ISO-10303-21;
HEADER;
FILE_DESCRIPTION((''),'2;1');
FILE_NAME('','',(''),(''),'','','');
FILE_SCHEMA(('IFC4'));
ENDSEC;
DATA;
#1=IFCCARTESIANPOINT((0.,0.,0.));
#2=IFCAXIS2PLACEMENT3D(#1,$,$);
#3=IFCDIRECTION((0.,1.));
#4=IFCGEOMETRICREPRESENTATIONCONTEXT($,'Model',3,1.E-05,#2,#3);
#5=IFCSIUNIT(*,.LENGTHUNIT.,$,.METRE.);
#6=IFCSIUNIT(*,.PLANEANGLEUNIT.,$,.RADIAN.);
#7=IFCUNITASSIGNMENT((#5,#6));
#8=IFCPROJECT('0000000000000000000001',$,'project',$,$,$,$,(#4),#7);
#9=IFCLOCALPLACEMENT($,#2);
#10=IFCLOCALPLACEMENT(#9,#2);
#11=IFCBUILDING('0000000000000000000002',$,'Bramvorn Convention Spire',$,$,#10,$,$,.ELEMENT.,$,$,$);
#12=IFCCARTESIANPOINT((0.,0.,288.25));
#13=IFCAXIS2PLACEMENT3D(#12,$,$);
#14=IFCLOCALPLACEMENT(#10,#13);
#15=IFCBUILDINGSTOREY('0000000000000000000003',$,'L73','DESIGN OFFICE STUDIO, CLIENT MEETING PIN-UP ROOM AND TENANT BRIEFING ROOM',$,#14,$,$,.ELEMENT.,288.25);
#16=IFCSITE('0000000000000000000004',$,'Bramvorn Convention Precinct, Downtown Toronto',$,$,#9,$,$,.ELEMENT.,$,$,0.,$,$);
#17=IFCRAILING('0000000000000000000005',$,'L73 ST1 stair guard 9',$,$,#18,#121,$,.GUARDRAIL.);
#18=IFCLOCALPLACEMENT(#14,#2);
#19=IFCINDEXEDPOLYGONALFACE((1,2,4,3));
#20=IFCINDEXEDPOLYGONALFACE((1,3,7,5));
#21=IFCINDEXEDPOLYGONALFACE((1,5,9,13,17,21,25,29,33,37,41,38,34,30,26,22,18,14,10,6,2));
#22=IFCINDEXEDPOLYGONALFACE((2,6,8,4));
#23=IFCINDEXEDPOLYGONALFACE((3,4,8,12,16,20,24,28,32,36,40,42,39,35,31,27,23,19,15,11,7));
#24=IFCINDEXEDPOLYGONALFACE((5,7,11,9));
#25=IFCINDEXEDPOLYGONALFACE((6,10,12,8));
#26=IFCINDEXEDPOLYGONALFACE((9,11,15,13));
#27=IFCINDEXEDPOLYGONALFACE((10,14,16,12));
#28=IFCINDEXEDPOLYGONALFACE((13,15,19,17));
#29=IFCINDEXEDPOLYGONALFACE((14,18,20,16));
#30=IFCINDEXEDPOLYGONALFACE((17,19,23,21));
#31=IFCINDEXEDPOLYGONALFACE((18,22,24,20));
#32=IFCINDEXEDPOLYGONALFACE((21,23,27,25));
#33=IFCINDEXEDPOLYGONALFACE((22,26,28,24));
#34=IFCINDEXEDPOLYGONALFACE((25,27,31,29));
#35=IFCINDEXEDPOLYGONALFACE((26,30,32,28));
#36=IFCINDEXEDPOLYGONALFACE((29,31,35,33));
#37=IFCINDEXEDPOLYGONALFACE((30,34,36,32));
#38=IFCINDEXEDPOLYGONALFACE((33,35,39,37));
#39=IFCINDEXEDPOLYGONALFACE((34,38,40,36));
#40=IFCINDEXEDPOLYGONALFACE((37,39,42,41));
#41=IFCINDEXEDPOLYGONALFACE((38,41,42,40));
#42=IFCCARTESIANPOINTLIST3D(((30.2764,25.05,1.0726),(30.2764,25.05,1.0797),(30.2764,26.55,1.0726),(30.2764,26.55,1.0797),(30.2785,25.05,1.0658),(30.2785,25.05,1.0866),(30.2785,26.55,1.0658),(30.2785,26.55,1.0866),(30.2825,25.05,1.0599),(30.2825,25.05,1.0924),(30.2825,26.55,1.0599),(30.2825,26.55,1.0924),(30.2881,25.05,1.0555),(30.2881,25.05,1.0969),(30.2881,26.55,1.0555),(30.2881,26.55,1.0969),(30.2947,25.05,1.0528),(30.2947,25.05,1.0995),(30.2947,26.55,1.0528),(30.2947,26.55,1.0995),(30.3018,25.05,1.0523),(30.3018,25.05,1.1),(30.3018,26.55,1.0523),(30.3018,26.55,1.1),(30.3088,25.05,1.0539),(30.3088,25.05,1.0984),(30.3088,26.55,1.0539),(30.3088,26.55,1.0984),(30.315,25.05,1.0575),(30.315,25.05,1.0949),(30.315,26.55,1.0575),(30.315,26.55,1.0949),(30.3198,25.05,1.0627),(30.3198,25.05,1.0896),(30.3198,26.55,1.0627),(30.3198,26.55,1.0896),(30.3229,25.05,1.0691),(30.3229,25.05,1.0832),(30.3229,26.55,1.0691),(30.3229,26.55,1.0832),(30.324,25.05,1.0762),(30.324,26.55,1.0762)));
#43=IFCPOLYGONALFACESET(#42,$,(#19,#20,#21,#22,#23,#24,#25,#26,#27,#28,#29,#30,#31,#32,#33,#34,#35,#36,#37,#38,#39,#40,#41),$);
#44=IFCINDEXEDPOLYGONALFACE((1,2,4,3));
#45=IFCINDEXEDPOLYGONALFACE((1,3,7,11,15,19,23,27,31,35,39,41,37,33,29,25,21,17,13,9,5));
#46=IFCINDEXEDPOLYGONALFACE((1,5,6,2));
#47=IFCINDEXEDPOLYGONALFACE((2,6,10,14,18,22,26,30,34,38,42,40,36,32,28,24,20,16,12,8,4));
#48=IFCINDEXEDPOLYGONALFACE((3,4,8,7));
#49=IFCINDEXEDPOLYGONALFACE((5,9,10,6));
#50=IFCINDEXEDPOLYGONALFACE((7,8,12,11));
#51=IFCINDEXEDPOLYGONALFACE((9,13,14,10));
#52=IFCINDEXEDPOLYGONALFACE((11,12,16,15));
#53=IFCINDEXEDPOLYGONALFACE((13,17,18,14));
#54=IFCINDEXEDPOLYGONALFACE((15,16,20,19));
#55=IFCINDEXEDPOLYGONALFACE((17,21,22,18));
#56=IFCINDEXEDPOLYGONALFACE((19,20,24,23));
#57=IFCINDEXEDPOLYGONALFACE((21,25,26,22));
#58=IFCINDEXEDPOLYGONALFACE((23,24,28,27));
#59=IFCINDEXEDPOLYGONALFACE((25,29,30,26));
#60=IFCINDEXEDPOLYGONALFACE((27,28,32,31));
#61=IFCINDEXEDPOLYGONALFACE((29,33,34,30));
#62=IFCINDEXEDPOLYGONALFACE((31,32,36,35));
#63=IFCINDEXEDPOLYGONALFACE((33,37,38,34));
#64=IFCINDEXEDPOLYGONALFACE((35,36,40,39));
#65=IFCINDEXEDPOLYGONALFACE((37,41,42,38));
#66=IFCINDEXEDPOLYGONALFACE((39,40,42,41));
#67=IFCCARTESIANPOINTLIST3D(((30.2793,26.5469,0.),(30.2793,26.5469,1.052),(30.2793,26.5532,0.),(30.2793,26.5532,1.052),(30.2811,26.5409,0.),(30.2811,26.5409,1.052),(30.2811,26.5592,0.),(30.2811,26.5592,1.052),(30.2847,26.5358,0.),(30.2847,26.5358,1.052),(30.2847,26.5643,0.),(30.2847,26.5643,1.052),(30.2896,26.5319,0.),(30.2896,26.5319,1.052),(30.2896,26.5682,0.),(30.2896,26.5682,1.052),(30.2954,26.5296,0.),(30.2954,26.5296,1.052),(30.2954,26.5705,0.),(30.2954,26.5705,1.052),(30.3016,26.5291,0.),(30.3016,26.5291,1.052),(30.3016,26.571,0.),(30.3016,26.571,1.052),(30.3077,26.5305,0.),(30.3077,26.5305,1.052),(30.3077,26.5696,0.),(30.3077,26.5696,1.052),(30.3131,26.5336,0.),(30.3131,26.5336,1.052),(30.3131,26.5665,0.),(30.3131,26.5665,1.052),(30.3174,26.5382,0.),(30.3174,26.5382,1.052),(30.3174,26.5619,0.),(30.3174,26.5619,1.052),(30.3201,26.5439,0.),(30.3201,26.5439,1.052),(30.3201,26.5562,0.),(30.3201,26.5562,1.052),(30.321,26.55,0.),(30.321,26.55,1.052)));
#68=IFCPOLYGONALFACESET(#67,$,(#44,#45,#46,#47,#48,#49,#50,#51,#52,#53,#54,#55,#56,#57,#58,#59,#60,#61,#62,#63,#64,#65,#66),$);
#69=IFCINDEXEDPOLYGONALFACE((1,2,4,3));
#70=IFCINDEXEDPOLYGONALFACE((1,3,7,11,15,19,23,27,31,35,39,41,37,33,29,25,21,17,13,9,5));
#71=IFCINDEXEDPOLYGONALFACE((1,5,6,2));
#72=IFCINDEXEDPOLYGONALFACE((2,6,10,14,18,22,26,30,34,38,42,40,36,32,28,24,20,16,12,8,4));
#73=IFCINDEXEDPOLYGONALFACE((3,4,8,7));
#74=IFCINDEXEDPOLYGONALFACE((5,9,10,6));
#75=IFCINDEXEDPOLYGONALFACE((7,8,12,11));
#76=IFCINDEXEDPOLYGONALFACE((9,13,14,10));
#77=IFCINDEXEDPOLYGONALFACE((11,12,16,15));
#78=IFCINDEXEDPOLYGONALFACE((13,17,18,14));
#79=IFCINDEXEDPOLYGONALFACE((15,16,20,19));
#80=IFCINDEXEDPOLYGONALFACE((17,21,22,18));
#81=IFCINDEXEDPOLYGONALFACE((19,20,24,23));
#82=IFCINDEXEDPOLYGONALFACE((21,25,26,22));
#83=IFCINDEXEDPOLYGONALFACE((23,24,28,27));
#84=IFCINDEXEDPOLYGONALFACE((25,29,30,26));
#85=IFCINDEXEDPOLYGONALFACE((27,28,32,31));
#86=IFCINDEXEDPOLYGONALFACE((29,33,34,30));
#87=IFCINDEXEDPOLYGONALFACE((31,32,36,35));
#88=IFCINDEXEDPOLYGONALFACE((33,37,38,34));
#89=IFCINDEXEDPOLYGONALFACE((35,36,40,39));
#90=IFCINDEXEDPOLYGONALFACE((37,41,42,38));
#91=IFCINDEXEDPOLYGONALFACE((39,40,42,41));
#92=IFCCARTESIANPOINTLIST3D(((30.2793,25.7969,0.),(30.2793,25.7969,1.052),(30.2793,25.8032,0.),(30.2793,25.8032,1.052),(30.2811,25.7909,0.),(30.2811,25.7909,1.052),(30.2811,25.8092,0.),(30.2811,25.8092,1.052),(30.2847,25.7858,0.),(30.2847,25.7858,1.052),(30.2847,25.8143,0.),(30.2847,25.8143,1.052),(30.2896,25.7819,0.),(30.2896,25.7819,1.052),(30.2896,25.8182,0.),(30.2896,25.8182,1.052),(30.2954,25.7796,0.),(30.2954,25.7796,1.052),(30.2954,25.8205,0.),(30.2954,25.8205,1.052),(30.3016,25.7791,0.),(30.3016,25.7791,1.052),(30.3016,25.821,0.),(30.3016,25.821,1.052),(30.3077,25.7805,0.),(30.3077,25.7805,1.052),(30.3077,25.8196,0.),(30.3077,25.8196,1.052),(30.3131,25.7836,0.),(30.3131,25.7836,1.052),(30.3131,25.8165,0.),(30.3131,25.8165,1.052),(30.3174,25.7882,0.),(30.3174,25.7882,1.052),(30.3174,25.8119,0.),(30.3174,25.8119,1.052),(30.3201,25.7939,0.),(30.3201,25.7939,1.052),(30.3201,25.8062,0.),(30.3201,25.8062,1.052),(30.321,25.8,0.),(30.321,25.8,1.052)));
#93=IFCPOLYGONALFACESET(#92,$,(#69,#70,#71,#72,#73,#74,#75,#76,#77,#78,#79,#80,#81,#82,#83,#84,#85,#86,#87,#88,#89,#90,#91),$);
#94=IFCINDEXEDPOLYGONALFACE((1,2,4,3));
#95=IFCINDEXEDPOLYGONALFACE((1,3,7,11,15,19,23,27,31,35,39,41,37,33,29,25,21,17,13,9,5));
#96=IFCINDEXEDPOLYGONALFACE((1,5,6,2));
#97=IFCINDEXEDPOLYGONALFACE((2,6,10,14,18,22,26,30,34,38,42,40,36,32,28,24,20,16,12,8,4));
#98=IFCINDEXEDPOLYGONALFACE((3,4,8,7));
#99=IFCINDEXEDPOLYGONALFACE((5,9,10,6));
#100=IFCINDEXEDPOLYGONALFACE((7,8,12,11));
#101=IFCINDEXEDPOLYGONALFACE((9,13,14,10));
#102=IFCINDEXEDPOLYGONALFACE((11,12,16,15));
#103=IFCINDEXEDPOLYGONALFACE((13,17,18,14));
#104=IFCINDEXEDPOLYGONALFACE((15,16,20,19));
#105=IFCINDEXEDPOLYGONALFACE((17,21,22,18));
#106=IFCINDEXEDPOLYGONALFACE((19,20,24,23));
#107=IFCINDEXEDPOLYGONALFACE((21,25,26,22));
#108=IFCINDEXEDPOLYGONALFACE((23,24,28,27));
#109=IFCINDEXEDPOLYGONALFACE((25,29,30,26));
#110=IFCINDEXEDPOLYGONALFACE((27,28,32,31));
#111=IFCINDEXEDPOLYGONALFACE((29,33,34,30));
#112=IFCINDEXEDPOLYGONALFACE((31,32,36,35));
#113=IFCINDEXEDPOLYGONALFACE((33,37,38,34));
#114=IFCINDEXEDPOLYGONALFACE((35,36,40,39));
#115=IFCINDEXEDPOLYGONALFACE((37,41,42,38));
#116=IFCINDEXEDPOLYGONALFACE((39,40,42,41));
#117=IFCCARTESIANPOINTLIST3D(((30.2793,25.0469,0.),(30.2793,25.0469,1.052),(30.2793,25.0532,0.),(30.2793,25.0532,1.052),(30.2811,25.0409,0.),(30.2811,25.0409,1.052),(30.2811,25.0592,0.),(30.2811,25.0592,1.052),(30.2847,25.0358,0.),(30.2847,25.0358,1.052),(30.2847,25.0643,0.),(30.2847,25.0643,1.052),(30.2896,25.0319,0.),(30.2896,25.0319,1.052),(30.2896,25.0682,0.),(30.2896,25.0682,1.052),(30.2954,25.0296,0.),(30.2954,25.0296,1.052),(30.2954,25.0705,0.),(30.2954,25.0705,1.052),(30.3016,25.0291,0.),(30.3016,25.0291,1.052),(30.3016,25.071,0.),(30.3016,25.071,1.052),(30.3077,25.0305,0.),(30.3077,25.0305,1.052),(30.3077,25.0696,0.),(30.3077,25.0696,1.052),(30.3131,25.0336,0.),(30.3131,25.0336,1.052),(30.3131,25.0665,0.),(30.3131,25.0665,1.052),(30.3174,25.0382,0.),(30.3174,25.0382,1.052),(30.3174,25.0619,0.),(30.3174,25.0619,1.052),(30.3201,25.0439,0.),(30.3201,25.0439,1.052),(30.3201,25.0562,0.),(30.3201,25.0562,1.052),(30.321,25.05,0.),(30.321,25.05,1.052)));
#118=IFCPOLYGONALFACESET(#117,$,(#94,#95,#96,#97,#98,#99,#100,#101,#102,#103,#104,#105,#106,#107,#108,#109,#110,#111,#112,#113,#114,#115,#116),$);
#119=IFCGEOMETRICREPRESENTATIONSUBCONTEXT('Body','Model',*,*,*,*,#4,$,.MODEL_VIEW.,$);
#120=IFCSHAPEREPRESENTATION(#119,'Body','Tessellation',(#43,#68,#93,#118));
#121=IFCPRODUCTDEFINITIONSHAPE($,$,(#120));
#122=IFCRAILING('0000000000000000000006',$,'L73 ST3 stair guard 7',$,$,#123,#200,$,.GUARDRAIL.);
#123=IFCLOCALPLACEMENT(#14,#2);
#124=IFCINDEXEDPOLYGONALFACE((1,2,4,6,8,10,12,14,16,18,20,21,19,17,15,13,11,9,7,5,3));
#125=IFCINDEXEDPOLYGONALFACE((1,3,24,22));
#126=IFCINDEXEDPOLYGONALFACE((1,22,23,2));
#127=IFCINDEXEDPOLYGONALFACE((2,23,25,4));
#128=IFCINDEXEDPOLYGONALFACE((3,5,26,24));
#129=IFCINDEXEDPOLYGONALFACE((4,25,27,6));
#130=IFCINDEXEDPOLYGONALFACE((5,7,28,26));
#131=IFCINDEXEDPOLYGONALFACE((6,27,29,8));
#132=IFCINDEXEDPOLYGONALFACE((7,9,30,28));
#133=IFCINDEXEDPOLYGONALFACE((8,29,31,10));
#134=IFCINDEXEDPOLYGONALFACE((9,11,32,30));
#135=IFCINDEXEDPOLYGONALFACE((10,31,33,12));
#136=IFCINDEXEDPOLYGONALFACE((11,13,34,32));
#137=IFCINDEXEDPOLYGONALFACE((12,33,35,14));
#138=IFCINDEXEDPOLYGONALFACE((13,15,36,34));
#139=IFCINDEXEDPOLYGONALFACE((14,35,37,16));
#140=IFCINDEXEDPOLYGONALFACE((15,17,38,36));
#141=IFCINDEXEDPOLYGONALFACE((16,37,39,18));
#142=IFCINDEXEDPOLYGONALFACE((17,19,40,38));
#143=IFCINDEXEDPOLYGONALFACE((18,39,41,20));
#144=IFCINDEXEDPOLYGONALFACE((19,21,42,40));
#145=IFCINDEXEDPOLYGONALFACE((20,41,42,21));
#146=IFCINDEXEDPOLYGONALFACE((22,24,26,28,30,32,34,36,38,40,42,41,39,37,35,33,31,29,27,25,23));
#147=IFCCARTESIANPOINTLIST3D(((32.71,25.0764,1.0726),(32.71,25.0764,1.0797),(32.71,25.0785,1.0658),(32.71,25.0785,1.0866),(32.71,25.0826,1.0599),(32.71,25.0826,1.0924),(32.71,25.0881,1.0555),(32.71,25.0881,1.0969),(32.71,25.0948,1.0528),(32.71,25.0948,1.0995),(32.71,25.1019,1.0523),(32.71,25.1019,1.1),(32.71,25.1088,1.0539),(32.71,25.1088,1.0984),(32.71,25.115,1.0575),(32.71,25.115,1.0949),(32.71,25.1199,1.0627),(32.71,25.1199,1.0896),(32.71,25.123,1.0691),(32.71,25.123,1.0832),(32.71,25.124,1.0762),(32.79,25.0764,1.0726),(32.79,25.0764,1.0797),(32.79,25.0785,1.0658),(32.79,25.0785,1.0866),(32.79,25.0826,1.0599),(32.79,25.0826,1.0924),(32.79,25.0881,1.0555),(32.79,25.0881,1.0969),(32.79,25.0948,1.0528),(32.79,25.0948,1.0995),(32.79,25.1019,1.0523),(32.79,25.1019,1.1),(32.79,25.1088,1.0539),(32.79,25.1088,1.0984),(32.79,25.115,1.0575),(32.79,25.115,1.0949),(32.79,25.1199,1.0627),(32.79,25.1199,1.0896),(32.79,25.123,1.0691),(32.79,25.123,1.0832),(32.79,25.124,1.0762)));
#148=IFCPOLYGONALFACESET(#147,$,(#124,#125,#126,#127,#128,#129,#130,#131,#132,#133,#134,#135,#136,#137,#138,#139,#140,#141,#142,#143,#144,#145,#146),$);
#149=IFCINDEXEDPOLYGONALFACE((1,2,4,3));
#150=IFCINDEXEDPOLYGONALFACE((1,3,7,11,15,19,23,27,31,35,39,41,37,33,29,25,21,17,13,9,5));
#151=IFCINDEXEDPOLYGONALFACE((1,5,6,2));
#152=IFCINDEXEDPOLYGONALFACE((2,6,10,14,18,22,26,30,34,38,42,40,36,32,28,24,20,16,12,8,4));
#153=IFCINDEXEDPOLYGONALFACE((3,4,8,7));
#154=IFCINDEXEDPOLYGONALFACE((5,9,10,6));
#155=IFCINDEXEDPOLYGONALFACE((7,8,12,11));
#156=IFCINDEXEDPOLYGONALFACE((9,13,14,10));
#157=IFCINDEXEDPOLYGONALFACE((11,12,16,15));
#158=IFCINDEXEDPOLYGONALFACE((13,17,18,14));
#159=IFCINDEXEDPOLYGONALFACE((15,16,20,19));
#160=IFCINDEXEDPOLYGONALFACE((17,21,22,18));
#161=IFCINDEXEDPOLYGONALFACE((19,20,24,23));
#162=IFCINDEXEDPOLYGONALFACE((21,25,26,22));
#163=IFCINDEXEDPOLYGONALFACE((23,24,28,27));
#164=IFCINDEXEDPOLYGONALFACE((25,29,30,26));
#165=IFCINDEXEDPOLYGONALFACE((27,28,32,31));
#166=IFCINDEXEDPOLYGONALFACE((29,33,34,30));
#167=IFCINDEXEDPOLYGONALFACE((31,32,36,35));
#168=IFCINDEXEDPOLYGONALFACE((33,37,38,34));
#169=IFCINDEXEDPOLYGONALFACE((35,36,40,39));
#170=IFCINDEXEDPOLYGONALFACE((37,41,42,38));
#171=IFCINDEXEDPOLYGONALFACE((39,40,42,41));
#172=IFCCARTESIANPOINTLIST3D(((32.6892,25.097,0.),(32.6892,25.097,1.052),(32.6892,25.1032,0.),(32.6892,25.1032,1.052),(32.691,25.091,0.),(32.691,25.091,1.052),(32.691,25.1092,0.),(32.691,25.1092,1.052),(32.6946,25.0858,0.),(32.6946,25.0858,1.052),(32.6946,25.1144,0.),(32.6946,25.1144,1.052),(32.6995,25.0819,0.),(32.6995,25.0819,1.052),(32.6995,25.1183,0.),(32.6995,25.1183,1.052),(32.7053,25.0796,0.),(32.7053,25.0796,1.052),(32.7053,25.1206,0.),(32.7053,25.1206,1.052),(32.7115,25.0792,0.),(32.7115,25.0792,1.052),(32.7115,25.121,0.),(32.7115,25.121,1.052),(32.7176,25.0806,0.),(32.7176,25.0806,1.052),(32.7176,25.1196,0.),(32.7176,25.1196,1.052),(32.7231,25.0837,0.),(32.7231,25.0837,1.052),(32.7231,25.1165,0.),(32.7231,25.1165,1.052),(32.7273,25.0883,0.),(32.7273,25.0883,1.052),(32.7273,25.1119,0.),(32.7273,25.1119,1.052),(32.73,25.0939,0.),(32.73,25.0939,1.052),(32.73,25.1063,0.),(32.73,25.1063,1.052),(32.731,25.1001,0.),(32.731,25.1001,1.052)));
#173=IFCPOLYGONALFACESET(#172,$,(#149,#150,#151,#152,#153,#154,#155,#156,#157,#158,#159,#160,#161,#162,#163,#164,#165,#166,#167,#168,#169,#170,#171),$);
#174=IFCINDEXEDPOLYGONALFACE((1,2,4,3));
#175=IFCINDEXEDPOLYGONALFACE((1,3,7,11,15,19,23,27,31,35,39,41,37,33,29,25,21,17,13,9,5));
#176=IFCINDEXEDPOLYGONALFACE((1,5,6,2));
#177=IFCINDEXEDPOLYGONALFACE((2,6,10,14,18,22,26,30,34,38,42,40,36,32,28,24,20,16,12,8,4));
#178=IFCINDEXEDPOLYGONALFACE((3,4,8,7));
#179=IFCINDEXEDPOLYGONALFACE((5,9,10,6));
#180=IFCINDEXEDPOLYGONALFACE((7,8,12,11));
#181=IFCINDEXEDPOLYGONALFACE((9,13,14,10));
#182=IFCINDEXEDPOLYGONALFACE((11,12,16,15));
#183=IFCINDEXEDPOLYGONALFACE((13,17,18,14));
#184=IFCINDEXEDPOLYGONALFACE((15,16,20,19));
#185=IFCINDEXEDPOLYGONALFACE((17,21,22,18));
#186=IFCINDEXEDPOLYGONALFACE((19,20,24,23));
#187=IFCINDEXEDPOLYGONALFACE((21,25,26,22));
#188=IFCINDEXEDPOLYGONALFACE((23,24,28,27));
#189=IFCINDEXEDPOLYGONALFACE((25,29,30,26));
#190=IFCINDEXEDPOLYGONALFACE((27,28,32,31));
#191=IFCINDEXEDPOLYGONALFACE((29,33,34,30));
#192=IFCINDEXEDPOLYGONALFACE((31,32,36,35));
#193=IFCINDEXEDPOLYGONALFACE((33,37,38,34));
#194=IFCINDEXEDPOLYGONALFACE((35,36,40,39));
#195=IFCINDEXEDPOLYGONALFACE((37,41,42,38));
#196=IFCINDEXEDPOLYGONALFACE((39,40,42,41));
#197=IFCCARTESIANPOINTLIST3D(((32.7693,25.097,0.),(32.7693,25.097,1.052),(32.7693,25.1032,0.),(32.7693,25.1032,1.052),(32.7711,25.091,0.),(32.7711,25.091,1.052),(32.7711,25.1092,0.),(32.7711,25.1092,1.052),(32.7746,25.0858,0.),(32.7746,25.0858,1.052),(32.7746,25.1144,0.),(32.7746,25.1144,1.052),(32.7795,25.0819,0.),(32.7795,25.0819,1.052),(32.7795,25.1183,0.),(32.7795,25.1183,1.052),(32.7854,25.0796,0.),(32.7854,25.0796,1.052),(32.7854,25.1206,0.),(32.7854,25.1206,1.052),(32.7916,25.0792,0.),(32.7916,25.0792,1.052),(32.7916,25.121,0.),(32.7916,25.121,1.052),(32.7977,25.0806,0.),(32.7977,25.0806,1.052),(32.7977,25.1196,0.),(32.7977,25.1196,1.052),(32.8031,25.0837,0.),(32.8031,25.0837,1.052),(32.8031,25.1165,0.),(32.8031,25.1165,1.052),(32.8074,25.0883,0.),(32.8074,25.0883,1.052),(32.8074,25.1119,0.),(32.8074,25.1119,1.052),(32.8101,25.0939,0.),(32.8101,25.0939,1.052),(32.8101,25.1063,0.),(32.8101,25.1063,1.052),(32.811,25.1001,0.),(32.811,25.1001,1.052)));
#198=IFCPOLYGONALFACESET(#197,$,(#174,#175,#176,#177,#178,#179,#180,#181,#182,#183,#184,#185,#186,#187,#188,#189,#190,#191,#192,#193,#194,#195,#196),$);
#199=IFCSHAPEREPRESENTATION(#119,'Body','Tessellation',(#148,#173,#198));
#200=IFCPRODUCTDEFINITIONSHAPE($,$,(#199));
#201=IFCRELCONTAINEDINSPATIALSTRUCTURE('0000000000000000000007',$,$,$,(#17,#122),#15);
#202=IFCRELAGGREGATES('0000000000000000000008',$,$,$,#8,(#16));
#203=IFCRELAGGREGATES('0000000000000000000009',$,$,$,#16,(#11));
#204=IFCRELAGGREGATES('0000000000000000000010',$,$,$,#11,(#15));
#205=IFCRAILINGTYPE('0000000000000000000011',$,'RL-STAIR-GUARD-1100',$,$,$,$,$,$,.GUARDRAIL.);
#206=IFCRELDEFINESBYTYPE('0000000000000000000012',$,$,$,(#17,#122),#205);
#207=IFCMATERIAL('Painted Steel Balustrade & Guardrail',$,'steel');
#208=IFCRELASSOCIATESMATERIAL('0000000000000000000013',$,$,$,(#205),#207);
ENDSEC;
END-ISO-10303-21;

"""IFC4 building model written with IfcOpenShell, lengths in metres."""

from ifc_helpers import new_model, si_unit, direction, frame, origin, origin_2d, place, context, subcontext, project, spatial, circle, extrude, material, type_object, element, save


model = new_model("IFC4")

# Units and contexts
model_context = context("Model", 3, precision=1e-05, world=origin(), true_north=direction((0.0, 1.0)))
body_context = subcontext(model_context, "Body", "Model", "MODEL_VIEW")
ifc_project = project(units=[si_unit("LENGTHUNIT", "METRE"), si_unit("PLANEANGLEUNIT", "RADIAN")], contexts=[model_context])

# Site, building, storey
site_placement = place(None, origin())
site = spatial("IfcSite", under=ifc_project, at=site_placement, Name="Bramvorn Convention Precinct, Downtown Toronto", CompositionType="ELEMENT", RefElevation=0.0)
building_placement = place(site_placement, origin())
building = spatial("IfcBuilding", under=site, at=building_placement, Name="Bramvorn Convention Spire", CompositionType="ELEMENT")
storey_placement = place(building_placement, frame((0.0, 0.0, 288.25)))
storey = spatial("IfcBuildingStorey", under=building, at=storey_placement, Name="L73", Description="DESIGN OFFICE STUDIO, CLIENT MEETING PIN-UP ROOM AND TENANT BRIEFING ROOM", CompositionType="ELEMENT", Elevation=288.25)

# Railings
ifc_material_1 = material(Name="Painted Steel Balustrade & Guardrail", Category="steel")
railing_type = type_object("IfcRailingType", Name="RL-STAIR-GUARD-1100", PredefinedType="GUARDRAIL", material=ifc_material_1)
for number, where, name in (
    (1, (30.3, 26.55, 0.0), "L73 ST1 stair guard 9"),
):
    element("IfcRailing", number, at=place(storey_placement, frame(where)), inside=storey, type_object=railing_type, Name=name, PredefinedType="GUARDRAIL", context=body_context, shape_type="SweptSolid", body=[
        extrude(circle(Radius=0.0239, at=origin_2d()), frame((0.0, 0.0, 1.0762), z_axis=(0.0, -1.0, 0.0), x_axis=(1.0, 0.0, 0.0)), (0.0, 0.0, 1.0), 1.5),
        extrude(circle(Radius=0.021, at=origin_2d()), origin(), (0.0, 0.0, 1.0), 1.052),
        extrude(circle(Radius=0.021, at=origin_2d()), frame((0.0, -0.75, 0.0)), (0.0, 0.0, 1.0), 1.052),
        extrude(circle(Radius=0.021, at=origin_2d()), frame((0.0, -1.5, 0.0)), (0.0, 0.0, 1.0), 1.052),
    ])
railing_1_placement = place(storey_placement, frame((32.71, 25.1001, 0.0)))
element("IfcRailing", 2, at=railing_1_placement, inside=storey, type_object=railing_type, Name="L73 ST3 stair guard 7", PredefinedType="GUARDRAIL", context=body_context, shape_type="SweptSolid", body=[
    extrude(circle(Radius=0.0239, at=origin_2d()), frame((0.0, 0.0, 1.0762), z_axis=(1.0, 0.0, 0.0), x_axis=(0.0, 1.0, 0.0)), (0.0, 0.0, 1.0), 0.0801),
    extrude(circle(Radius=0.021, at=origin_2d()), origin(), (0.0, 0.0, 1.0), 1.052),
    extrude(circle(Radius=0.021, at=origin_2d()), frame((0.0801, 0.0, 0.0)), (0.0, 0.0, 1.0), 1.052),
])

save(model, "model.ifc")
